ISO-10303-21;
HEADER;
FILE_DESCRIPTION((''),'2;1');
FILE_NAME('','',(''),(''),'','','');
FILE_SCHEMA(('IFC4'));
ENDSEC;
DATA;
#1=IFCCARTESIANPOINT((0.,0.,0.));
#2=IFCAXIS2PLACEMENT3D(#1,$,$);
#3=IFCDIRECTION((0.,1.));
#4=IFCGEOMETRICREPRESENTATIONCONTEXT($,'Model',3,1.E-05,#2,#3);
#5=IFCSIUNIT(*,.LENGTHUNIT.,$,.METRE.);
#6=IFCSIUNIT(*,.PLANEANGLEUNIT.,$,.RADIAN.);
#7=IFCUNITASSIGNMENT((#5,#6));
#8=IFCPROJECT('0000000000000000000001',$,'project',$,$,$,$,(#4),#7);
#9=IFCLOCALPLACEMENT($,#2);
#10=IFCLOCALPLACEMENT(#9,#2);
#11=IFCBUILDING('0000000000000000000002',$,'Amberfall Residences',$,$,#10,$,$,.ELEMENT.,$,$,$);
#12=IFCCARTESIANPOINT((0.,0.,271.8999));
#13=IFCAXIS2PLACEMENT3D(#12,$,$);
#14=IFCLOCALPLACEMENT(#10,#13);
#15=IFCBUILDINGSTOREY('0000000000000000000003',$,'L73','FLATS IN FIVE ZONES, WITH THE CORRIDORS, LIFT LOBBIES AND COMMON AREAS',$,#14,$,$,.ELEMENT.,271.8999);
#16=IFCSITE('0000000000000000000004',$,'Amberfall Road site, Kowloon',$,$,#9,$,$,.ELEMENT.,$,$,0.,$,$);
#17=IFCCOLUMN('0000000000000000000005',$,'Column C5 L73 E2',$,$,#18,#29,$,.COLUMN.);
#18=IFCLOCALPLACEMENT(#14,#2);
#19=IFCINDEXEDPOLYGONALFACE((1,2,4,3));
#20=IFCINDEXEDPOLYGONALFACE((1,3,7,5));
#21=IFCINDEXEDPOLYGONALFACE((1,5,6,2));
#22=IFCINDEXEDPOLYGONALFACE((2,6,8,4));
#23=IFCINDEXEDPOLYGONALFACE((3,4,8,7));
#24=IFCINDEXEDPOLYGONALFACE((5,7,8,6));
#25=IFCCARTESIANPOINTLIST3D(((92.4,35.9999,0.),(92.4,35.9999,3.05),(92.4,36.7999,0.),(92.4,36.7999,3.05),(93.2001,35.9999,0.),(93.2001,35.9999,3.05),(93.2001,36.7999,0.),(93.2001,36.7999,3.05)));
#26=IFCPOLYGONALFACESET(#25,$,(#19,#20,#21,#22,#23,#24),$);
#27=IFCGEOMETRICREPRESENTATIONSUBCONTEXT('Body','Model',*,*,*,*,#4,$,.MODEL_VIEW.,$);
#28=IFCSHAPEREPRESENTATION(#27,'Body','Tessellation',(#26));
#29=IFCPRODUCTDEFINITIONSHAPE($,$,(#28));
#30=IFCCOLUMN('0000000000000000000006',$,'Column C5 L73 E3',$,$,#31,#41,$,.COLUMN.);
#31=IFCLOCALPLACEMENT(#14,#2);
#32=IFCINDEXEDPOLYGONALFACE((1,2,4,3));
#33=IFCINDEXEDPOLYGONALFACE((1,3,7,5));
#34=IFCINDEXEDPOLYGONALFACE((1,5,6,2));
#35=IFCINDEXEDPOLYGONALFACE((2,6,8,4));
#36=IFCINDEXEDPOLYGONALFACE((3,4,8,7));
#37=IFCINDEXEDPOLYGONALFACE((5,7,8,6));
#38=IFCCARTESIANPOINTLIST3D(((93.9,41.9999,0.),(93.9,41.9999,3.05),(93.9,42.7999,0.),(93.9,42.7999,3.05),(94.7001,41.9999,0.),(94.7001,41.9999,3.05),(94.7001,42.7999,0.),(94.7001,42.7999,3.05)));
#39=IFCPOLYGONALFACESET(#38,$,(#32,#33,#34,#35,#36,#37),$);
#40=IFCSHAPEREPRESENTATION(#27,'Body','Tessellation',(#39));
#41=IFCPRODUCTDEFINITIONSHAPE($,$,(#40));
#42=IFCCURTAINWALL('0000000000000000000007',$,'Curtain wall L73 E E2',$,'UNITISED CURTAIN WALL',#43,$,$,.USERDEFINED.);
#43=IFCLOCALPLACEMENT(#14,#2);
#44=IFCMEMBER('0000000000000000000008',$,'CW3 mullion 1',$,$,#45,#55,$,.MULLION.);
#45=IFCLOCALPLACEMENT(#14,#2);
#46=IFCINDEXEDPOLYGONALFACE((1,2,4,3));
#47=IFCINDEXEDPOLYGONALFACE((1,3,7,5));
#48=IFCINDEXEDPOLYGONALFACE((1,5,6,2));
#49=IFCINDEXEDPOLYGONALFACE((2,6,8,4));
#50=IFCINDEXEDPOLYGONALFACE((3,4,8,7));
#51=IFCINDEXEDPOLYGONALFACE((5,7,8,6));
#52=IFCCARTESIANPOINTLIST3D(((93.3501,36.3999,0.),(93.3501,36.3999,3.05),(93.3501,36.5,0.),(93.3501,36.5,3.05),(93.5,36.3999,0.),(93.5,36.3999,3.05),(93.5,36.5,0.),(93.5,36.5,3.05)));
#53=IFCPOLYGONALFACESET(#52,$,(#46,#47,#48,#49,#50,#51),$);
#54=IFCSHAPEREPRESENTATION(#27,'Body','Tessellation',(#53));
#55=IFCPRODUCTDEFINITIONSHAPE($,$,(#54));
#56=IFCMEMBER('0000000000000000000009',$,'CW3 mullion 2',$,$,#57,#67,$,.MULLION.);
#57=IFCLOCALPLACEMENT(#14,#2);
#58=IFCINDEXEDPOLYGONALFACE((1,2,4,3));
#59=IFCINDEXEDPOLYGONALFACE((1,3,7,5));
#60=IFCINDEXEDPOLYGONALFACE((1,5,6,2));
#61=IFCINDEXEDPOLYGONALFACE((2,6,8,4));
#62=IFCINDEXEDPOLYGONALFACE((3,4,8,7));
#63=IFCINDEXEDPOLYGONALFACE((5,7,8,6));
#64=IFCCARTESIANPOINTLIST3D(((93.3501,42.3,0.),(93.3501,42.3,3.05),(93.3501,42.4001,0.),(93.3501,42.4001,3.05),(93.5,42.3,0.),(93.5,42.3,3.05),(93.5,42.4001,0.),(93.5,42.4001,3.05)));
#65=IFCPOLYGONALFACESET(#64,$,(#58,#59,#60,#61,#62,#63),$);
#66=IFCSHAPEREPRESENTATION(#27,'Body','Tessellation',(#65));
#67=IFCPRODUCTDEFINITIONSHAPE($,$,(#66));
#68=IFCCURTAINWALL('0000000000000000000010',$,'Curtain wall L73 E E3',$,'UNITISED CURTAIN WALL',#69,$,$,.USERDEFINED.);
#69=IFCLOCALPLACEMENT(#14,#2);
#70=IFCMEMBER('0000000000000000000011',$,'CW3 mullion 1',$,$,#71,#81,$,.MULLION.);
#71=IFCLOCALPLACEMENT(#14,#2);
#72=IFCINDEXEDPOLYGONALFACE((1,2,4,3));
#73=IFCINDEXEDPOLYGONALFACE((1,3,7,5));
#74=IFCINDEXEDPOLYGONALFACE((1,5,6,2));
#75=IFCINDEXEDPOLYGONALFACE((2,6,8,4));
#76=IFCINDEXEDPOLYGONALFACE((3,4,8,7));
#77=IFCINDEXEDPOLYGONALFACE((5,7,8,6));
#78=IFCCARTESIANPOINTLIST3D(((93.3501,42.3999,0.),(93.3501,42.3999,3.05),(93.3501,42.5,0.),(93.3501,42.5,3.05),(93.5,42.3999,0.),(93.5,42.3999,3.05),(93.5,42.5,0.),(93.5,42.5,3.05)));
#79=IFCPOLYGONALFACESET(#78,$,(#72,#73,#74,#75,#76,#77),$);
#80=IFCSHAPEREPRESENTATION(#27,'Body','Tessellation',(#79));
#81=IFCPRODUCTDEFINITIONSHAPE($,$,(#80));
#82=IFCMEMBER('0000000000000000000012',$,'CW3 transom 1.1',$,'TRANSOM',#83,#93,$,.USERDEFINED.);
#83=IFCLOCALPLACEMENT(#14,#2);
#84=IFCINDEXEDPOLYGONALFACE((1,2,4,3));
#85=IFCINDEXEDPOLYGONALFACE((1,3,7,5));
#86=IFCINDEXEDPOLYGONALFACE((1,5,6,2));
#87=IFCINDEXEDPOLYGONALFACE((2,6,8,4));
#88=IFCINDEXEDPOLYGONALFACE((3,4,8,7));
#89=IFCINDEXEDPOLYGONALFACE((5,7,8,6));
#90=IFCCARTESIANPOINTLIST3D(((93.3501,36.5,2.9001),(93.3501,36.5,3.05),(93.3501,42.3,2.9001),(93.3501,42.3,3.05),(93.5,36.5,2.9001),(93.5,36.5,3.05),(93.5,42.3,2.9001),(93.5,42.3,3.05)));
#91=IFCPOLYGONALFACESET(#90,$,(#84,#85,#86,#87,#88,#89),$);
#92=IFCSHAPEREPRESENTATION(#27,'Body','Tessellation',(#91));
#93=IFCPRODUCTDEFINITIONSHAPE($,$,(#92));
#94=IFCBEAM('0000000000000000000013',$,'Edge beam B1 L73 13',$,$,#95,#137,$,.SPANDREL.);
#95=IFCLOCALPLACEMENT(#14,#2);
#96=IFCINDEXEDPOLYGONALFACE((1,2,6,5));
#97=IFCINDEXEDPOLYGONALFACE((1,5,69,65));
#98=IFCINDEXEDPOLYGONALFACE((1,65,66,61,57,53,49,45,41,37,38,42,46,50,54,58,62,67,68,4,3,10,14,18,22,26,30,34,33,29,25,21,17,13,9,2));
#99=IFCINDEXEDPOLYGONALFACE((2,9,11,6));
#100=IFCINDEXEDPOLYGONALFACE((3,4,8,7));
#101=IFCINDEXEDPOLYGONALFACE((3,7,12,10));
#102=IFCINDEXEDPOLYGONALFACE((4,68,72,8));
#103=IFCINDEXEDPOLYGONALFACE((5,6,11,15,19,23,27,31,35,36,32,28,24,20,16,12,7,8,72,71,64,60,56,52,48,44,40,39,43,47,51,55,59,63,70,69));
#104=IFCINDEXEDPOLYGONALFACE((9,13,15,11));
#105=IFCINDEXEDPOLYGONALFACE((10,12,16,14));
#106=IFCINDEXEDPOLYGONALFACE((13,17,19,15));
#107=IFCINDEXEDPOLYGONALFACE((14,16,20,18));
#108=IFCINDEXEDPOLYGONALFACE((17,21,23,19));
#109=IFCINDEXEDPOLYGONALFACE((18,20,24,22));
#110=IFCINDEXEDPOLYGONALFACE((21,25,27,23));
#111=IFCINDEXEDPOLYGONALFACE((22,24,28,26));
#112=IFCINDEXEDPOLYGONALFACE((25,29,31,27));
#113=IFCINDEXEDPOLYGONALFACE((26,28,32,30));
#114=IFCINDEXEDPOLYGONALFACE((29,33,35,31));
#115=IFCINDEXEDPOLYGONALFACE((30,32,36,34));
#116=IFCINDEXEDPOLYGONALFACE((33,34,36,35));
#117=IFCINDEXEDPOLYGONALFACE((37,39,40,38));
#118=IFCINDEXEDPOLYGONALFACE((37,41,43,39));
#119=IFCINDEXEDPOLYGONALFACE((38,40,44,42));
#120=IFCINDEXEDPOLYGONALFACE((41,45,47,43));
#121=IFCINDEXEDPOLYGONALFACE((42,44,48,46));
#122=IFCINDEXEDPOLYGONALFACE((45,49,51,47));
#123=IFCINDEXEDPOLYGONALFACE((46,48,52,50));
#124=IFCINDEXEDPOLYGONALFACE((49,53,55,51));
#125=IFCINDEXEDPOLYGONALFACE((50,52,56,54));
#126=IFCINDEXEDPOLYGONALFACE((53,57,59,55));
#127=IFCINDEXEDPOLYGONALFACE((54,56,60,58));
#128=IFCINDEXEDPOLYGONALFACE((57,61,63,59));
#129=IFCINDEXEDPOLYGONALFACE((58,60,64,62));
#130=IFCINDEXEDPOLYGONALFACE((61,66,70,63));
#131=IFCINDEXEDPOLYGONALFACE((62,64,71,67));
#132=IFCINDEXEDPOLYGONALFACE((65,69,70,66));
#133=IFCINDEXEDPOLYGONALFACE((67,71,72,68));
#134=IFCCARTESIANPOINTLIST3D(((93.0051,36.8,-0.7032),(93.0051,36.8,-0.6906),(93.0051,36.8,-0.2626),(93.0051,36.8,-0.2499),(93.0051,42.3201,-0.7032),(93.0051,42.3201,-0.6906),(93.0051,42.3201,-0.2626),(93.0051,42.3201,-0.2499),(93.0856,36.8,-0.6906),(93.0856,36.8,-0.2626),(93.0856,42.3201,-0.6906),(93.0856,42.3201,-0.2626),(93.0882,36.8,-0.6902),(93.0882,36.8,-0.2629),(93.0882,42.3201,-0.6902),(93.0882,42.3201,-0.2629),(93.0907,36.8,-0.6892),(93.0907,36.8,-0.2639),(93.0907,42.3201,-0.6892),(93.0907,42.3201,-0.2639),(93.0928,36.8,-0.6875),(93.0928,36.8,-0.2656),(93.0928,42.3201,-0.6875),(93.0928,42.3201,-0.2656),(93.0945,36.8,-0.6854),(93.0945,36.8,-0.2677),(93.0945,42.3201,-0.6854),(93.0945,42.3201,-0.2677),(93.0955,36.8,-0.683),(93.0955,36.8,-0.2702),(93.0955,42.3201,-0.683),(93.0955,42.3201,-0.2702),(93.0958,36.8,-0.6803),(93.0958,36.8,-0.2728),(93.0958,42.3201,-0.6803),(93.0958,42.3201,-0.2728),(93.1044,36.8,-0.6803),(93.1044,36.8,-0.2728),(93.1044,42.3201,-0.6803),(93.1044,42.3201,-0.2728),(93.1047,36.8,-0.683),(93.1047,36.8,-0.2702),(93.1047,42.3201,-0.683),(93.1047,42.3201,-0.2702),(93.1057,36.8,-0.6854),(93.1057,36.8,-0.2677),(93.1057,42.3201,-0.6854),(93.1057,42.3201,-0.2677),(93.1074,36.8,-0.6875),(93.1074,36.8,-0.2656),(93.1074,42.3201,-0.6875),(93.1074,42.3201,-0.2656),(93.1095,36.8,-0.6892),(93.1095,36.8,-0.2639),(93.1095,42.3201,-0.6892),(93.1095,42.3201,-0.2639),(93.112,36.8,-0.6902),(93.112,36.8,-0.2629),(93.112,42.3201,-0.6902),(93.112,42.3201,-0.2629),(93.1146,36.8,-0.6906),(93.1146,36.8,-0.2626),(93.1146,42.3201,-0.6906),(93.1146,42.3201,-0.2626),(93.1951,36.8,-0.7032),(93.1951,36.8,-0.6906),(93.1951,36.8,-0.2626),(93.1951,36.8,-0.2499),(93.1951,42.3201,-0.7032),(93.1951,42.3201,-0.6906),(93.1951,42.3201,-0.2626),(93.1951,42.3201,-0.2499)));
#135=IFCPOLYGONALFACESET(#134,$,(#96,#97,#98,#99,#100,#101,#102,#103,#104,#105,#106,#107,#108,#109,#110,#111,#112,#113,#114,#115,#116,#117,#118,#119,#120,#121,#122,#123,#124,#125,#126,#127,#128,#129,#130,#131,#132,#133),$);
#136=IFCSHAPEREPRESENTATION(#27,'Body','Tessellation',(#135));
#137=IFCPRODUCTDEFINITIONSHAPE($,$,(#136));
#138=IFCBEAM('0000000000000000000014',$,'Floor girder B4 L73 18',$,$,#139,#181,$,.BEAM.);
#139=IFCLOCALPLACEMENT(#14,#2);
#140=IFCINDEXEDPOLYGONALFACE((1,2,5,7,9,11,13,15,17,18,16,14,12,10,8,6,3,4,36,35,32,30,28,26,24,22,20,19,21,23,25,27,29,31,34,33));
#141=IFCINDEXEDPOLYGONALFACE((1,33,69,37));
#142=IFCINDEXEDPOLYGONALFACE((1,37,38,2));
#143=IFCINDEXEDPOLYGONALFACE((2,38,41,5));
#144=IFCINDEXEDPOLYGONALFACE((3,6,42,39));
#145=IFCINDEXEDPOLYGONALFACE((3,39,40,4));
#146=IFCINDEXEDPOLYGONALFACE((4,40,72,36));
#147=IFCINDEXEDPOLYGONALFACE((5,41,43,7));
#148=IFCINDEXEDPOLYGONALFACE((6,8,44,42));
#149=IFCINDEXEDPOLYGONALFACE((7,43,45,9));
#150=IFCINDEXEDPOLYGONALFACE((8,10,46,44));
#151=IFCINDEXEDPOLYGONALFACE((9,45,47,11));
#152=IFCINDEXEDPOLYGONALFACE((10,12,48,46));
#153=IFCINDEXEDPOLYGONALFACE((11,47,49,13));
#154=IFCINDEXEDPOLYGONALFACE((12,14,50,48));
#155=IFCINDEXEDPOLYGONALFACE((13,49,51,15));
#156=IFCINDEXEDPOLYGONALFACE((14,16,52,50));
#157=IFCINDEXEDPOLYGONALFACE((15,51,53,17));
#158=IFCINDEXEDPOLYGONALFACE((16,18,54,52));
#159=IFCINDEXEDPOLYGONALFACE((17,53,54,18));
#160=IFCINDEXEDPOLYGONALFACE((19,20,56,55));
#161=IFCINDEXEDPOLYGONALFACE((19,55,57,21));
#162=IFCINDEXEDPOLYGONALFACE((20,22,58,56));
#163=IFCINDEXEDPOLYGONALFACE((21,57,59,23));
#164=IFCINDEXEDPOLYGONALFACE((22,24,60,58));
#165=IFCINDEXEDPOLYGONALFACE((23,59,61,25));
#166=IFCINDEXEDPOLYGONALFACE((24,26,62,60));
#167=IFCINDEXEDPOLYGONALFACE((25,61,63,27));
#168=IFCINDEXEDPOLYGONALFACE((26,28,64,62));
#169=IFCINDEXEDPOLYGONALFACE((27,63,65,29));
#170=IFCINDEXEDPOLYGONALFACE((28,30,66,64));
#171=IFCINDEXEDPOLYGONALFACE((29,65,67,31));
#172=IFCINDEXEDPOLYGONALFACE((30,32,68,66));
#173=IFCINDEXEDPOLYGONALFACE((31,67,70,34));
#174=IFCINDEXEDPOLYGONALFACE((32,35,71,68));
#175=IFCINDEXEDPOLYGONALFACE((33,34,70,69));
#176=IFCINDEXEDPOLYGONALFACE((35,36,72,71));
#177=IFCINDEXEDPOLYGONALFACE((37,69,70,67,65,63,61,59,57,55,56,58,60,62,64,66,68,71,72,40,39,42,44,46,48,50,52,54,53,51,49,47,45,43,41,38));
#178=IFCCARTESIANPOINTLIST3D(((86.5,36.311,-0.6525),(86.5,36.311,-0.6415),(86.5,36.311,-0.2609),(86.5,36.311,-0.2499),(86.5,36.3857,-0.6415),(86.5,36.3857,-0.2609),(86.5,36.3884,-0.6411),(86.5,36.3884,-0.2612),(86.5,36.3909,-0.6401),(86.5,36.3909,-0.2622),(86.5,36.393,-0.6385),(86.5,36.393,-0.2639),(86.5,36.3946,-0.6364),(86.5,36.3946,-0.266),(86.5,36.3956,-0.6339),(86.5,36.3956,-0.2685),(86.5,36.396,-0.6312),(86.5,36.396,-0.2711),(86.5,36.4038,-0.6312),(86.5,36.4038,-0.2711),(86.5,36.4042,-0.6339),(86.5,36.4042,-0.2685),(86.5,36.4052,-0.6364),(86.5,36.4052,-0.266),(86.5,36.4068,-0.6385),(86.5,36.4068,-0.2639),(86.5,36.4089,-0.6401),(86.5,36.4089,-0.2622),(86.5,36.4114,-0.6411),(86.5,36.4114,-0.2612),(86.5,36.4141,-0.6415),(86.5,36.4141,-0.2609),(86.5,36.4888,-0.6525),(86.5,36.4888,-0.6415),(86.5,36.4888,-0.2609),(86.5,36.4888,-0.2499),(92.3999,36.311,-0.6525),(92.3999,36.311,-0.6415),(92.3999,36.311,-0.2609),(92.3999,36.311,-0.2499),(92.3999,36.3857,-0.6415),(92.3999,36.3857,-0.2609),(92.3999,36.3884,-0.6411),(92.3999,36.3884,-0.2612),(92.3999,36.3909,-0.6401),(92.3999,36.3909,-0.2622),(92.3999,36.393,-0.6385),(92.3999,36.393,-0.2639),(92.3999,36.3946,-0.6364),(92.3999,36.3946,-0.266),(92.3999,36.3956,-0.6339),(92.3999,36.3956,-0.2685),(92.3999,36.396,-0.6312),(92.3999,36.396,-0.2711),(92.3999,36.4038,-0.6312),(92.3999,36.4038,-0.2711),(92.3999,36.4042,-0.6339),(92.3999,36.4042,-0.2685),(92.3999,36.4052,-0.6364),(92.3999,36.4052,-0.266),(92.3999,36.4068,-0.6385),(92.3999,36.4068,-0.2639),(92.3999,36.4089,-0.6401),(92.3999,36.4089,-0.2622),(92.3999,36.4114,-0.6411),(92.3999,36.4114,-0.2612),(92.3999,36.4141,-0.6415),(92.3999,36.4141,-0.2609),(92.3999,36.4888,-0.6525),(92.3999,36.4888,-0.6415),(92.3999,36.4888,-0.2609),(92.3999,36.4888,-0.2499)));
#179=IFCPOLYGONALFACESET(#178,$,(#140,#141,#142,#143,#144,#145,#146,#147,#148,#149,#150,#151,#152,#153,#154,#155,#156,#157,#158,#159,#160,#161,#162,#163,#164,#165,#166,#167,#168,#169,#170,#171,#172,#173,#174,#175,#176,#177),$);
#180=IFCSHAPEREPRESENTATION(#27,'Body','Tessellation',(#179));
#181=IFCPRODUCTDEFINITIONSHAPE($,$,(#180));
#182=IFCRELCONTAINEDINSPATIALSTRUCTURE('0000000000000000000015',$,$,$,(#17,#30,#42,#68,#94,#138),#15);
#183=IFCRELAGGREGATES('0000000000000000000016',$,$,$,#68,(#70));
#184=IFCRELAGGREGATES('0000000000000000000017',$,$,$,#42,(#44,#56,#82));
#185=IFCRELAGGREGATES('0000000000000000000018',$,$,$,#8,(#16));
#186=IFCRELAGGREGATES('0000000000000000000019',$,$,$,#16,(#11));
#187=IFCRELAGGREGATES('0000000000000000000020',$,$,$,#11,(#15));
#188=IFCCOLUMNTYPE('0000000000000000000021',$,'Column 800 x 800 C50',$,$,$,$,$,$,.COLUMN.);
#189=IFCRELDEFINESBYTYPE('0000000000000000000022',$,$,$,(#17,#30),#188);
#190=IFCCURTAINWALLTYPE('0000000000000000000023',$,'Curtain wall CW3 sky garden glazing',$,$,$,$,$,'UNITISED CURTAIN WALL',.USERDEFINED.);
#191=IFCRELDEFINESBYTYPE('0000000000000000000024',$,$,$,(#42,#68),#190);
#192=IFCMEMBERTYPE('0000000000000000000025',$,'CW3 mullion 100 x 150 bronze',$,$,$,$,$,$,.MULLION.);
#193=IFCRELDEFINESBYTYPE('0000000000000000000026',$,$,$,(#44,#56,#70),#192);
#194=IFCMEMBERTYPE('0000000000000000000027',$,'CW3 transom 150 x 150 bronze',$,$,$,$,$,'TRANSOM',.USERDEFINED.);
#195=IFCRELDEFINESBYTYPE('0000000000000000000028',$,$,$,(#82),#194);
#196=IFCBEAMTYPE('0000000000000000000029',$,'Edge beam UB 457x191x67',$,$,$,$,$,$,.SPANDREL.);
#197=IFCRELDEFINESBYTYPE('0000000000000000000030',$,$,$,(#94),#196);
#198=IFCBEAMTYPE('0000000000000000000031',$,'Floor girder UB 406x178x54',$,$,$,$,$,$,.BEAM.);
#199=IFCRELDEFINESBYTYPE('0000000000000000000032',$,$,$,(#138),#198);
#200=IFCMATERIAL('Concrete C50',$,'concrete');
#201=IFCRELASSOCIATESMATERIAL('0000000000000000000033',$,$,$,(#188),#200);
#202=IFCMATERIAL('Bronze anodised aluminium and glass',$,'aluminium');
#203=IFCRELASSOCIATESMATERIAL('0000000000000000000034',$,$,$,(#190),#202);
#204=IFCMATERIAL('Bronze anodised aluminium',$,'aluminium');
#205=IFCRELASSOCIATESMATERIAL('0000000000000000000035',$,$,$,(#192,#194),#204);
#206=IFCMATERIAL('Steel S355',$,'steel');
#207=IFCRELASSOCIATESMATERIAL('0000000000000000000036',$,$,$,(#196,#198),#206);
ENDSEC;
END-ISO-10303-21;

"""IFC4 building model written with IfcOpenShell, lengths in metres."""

from ifc_helpers import new_model, si_unit, direction, frame, origin, origin_2d, place, context, subcontext, project, spatial, rectangle, i_section, extrude, material, material_profile, profile_set, type_object, element, aggregate, save


model = new_model("IFC4")

# Units and contexts
model_context = context("Model", 3, precision=1e-05, world=origin(), true_north=direction((0.0, 1.0)))
body_context = subcontext(model_context, "Body", "Model", "MODEL_VIEW")
ifc_project = project(units=[si_unit("LENGTHUNIT", "METRE"), si_unit("PLANEANGLEUNIT", "RADIAN")], contexts=[model_context])

# Site, building, storey
site_placement = place(None, origin())
site = spatial("IfcSite", under=ifc_project, at=site_placement, Name="Amberfall Road site, Kowloon", CompositionType="ELEMENT", RefElevation=0.0)
building_placement = place(site_placement, origin())
building = spatial("IfcBuilding", under=site, at=building_placement, Name="Amberfall Residences", CompositionType="ELEMENT")
storey_placement = place(building_placement, frame((0.0, 0.0, 271.8999)))
storey = spatial("IfcBuildingStorey", under=building, at=storey_placement, Name="L73", Description="FLATS IN FIVE ZONES, WITH THE CORRIDORS, LIFT LOBBIES AND COMMON AREAS", CompositionType="ELEMENT", Elevation=271.8999)

# Columns
ifc_material_1 = material(Name="Concrete C50", Category="concrete")
ifc_material_profile_1 = material_profile(ifc_material_1, rectangle(XDim=0.8, YDim=0.8, at=origin_2d()), Name="Column 800 x 800 C50")
ifc_profile_set_1 = profile_set([ifc_material_profile_1], Name="Concrete C50")
column_type = type_object("IfcColumnType", Name="Column 800 x 800 C50", PredefinedType="COLUMN", material=ifc_profile_set_1)
for number, where, z_axis, x_axis, name in (
    (1, (92.8, 36.3999, 0.0), (0.0, 0.0, 1.0), (1.0, 0.0, 0.0), "Column C5 L73 E2"),
    (2, (94.3, 42.3999, 0.0), (0.0, 0.0, 1.0), (1.0, 0.0, 0.0), "Column C5 L73 E3"),
):
    element("IfcColumn", number, at=place(storey_placement, frame(where, z_axis=z_axis, x_axis=x_axis)), inside=storey, type_object=column_type, Name=name, PredefinedType="COLUMN", context=body_context, shape_type="SweptSolid", body=[
        extrude(rectangle(XDim=0.8, YDim=0.8, at=origin_2d()), origin(), (0.0, 0.0, 1.0), 3.05),
    ])

# Curtain wall, members
ifc_material_2 = material(Name="Bronze anodised aluminium and glass", Category="aluminium")
curtain_wall_type = type_object("IfcCurtainWallType", Name="Curtain wall CW3 sky garden glazing", ElementType="UNITISED CURTAIN WALL", PredefinedType="USERDEFINED", material=ifc_material_2)
curtain_wall_1_placement = place(storey_placement, origin())
curtain_wall_1 = element("IfcCurtainWall", 3, at=curtain_wall_1_placement, inside=storey, type_object=curtain_wall_type, Name="Curtain wall L73 E E2", ObjectType="UNITISED CURTAIN WALL", PredefinedType="USERDEFINED")
ifc_material_3 = material(Name="Bronze anodised aluminium", Category="aluminium")
ifc_material_profile_2 = material_profile(ifc_material_3, rectangle(XDim=0.1499, YDim=0.1001, at=origin_2d()), Name="CW3 mullion 100 x 150 bronze")
ifc_profile_set_2 = profile_set([ifc_material_profile_2], Name="Bronze anodised aluminium")
member_type_1 = type_object("IfcMemberType", Name="CW3 mullion 100 x 150 bronze", PredefinedType="MULLION", material=ifc_profile_set_2)
member_1_placement = place(storey_placement, frame((93.425, 36.45, 0.0), z_axis=(0.0, 0.0, 1.0), x_axis=(-1.0, 0.0, 0.0)))
member_1 = element("IfcMember", 4, at=member_1_placement, type_object=member_type_1, Name="CW3 mullion 1", PredefinedType="MULLION", context=body_context, shape_type="SweptSolid", body=[
    extrude(rectangle(XDim=0.1499, YDim=0.1001, at=origin_2d()), origin(), (0.0, 0.0, 1.0), 3.05),
])
member_2_placement = place(storey_placement, frame((93.425, 42.3501, 0.0), z_axis=(0.0, 0.0, 1.0), x_axis=(-1.0, 0.0, 0.0)))
member_2 = element("IfcMember", 5, at=member_2_placement, type_object=member_type_1, Name="CW3 mullion 2", PredefinedType="MULLION", context=body_context, shape_type="SweptSolid", body=[
    extrude(rectangle(XDim=0.1499, YDim=0.1001, at=origin_2d()), origin(), (0.0, 0.0, 1.0), 3.05),
])

# Curtain wall, member
curtain_wall_2_placement = place(storey_placement, origin())
curtain_wall_2 = element("IfcCurtainWall", 6, at=curtain_wall_2_placement, inside=storey, type_object=curtain_wall_type, Name="Curtain wall L73 E E3", ObjectType="UNITISED CURTAIN WALL", PredefinedType="USERDEFINED")
member_3_placement = place(storey_placement, frame((93.425, 42.45, 0.0), z_axis=(0.0, 0.0, 1.0), x_axis=(-1.0, 0.0, 0.0)))
member_3 = element("IfcMember", 7, at=member_3_placement, type_object=member_type_1, Name="CW3 mullion 1", PredefinedType="MULLION", context=body_context, shape_type="SweptSolid", body=[
    extrude(rectangle(XDim=0.1499, YDim=0.1001, at=origin_2d()), origin(), (0.0, 0.0, 1.0), 3.05),
])
aggregate(curtain_wall_2, [member_3])

# Member
ifc_material_profile_3 = material_profile(ifc_material_3, rectangle(XDim=0.1499, YDim=0.1499, at=origin_2d()), Name="CW3 transom 150 x 150 bronze")
ifc_profile_set_3 = profile_set([ifc_material_profile_3], Name="Bronze anodised aluminium")
member_type_2 = type_object("IfcMemberType", Name="CW3 transom 150 x 150 bronze", ElementType="TRANSOM", PredefinedType="USERDEFINED", material=ifc_profile_set_3)
member_4_placement = place(storey_placement, frame((93.425, 36.5, 2.9751), z_axis=(0.0, 1.0, 0.0), x_axis=(-1.0, 0.0, 0.0)))
member_4 = element("IfcMember", 8, at=member_4_placement, type_object=member_type_2, Name="CW3 transom 1.1", ObjectType="TRANSOM", PredefinedType="USERDEFINED", context=body_context, shape_type="SweptSolid", body=[
    extrude(rectangle(XDim=0.1499, YDim=0.1499, at=origin_2d()), origin(), (0.0, 0.0, 1.0), 5.8),
])

# Beams
ifc_material_4 = material(Name="Steel S355", Category="steel")
ifc_material_profile_4 = material_profile(ifc_material_4, i_section(OverallWidth=0.1899, OverallDepth=0.4534, WebThickness=0.0085, FlangeThickness=0.0127, FilletRadius=0.0103, at=origin_2d()), Name="UB 457x191x67")
ifc_profile_set_4 = profile_set([ifc_material_profile_4], Name="Steel S355")
beam_type_1 = type_object("IfcBeamType", Name="Edge beam UB 457x191x67", PredefinedType="SPANDREL", material=ifc_profile_set_4)
beam_1_placement = place(storey_placement, frame((93.1001, 36.8, -0.4766), z_axis=(0.0, 1.0, 0.0), x_axis=(-1.0, 0.0, 0.0)))
element("IfcBeam", 9, at=beam_1_placement, inside=storey, type_object=beam_type_1, Name="Edge beam B1 L73 13", PredefinedType="SPANDREL", context=body_context, shape_type="SweptSolid", body=[
    extrude(i_section(OverallWidth=0.1899, OverallDepth=0.4534, WebThickness=0.0085, FlangeThickness=0.0127, FilletRadius=0.0103, at=origin_2d()), origin(), (0.0, 0.0, 1.0), 5.52),
])
ifc_material_profile_5 = material_profile(ifc_material_4, i_section(OverallWidth=0.1777, OverallDepth=0.4026, WebThickness=0.0078, FlangeThickness=0.011, FilletRadius=0.0103, at=origin_2d()), Name="UB 406x178x54")
ifc_profile_set_5 = profile_set([ifc_material_profile_5], Name="Steel S355")
beam_type_2 = type_object("IfcBeamType", Name="Floor girder UB 406x178x54", PredefinedType="BEAM", material=ifc_profile_set_5)
beam_2_placement = place(storey_placement, frame((92.3999, 36.3999, -0.4512), z_axis=(-1.0, 0.0, 0.0), x_axis=(0.0, -1.0, 0.0)))
element("IfcBeam", 10, at=beam_2_placement, inside=storey, type_object=beam_type_2, Name="Floor girder B4 L73 18", PredefinedType="BEAM", context=body_context, shape_type="SweptSolid", body=[
    extrude(i_section(OverallWidth=0.1777, OverallDepth=0.4026, WebThickness=0.0078, FlangeThickness=0.011, FilletRadius=0.0103, at=origin_2d()), origin(), (0.0, 0.0, 1.0), 5.8999),
])

aggregate(curtain_wall_1, [member_1, member_2, member_4])

save(model, "model.ifc")
